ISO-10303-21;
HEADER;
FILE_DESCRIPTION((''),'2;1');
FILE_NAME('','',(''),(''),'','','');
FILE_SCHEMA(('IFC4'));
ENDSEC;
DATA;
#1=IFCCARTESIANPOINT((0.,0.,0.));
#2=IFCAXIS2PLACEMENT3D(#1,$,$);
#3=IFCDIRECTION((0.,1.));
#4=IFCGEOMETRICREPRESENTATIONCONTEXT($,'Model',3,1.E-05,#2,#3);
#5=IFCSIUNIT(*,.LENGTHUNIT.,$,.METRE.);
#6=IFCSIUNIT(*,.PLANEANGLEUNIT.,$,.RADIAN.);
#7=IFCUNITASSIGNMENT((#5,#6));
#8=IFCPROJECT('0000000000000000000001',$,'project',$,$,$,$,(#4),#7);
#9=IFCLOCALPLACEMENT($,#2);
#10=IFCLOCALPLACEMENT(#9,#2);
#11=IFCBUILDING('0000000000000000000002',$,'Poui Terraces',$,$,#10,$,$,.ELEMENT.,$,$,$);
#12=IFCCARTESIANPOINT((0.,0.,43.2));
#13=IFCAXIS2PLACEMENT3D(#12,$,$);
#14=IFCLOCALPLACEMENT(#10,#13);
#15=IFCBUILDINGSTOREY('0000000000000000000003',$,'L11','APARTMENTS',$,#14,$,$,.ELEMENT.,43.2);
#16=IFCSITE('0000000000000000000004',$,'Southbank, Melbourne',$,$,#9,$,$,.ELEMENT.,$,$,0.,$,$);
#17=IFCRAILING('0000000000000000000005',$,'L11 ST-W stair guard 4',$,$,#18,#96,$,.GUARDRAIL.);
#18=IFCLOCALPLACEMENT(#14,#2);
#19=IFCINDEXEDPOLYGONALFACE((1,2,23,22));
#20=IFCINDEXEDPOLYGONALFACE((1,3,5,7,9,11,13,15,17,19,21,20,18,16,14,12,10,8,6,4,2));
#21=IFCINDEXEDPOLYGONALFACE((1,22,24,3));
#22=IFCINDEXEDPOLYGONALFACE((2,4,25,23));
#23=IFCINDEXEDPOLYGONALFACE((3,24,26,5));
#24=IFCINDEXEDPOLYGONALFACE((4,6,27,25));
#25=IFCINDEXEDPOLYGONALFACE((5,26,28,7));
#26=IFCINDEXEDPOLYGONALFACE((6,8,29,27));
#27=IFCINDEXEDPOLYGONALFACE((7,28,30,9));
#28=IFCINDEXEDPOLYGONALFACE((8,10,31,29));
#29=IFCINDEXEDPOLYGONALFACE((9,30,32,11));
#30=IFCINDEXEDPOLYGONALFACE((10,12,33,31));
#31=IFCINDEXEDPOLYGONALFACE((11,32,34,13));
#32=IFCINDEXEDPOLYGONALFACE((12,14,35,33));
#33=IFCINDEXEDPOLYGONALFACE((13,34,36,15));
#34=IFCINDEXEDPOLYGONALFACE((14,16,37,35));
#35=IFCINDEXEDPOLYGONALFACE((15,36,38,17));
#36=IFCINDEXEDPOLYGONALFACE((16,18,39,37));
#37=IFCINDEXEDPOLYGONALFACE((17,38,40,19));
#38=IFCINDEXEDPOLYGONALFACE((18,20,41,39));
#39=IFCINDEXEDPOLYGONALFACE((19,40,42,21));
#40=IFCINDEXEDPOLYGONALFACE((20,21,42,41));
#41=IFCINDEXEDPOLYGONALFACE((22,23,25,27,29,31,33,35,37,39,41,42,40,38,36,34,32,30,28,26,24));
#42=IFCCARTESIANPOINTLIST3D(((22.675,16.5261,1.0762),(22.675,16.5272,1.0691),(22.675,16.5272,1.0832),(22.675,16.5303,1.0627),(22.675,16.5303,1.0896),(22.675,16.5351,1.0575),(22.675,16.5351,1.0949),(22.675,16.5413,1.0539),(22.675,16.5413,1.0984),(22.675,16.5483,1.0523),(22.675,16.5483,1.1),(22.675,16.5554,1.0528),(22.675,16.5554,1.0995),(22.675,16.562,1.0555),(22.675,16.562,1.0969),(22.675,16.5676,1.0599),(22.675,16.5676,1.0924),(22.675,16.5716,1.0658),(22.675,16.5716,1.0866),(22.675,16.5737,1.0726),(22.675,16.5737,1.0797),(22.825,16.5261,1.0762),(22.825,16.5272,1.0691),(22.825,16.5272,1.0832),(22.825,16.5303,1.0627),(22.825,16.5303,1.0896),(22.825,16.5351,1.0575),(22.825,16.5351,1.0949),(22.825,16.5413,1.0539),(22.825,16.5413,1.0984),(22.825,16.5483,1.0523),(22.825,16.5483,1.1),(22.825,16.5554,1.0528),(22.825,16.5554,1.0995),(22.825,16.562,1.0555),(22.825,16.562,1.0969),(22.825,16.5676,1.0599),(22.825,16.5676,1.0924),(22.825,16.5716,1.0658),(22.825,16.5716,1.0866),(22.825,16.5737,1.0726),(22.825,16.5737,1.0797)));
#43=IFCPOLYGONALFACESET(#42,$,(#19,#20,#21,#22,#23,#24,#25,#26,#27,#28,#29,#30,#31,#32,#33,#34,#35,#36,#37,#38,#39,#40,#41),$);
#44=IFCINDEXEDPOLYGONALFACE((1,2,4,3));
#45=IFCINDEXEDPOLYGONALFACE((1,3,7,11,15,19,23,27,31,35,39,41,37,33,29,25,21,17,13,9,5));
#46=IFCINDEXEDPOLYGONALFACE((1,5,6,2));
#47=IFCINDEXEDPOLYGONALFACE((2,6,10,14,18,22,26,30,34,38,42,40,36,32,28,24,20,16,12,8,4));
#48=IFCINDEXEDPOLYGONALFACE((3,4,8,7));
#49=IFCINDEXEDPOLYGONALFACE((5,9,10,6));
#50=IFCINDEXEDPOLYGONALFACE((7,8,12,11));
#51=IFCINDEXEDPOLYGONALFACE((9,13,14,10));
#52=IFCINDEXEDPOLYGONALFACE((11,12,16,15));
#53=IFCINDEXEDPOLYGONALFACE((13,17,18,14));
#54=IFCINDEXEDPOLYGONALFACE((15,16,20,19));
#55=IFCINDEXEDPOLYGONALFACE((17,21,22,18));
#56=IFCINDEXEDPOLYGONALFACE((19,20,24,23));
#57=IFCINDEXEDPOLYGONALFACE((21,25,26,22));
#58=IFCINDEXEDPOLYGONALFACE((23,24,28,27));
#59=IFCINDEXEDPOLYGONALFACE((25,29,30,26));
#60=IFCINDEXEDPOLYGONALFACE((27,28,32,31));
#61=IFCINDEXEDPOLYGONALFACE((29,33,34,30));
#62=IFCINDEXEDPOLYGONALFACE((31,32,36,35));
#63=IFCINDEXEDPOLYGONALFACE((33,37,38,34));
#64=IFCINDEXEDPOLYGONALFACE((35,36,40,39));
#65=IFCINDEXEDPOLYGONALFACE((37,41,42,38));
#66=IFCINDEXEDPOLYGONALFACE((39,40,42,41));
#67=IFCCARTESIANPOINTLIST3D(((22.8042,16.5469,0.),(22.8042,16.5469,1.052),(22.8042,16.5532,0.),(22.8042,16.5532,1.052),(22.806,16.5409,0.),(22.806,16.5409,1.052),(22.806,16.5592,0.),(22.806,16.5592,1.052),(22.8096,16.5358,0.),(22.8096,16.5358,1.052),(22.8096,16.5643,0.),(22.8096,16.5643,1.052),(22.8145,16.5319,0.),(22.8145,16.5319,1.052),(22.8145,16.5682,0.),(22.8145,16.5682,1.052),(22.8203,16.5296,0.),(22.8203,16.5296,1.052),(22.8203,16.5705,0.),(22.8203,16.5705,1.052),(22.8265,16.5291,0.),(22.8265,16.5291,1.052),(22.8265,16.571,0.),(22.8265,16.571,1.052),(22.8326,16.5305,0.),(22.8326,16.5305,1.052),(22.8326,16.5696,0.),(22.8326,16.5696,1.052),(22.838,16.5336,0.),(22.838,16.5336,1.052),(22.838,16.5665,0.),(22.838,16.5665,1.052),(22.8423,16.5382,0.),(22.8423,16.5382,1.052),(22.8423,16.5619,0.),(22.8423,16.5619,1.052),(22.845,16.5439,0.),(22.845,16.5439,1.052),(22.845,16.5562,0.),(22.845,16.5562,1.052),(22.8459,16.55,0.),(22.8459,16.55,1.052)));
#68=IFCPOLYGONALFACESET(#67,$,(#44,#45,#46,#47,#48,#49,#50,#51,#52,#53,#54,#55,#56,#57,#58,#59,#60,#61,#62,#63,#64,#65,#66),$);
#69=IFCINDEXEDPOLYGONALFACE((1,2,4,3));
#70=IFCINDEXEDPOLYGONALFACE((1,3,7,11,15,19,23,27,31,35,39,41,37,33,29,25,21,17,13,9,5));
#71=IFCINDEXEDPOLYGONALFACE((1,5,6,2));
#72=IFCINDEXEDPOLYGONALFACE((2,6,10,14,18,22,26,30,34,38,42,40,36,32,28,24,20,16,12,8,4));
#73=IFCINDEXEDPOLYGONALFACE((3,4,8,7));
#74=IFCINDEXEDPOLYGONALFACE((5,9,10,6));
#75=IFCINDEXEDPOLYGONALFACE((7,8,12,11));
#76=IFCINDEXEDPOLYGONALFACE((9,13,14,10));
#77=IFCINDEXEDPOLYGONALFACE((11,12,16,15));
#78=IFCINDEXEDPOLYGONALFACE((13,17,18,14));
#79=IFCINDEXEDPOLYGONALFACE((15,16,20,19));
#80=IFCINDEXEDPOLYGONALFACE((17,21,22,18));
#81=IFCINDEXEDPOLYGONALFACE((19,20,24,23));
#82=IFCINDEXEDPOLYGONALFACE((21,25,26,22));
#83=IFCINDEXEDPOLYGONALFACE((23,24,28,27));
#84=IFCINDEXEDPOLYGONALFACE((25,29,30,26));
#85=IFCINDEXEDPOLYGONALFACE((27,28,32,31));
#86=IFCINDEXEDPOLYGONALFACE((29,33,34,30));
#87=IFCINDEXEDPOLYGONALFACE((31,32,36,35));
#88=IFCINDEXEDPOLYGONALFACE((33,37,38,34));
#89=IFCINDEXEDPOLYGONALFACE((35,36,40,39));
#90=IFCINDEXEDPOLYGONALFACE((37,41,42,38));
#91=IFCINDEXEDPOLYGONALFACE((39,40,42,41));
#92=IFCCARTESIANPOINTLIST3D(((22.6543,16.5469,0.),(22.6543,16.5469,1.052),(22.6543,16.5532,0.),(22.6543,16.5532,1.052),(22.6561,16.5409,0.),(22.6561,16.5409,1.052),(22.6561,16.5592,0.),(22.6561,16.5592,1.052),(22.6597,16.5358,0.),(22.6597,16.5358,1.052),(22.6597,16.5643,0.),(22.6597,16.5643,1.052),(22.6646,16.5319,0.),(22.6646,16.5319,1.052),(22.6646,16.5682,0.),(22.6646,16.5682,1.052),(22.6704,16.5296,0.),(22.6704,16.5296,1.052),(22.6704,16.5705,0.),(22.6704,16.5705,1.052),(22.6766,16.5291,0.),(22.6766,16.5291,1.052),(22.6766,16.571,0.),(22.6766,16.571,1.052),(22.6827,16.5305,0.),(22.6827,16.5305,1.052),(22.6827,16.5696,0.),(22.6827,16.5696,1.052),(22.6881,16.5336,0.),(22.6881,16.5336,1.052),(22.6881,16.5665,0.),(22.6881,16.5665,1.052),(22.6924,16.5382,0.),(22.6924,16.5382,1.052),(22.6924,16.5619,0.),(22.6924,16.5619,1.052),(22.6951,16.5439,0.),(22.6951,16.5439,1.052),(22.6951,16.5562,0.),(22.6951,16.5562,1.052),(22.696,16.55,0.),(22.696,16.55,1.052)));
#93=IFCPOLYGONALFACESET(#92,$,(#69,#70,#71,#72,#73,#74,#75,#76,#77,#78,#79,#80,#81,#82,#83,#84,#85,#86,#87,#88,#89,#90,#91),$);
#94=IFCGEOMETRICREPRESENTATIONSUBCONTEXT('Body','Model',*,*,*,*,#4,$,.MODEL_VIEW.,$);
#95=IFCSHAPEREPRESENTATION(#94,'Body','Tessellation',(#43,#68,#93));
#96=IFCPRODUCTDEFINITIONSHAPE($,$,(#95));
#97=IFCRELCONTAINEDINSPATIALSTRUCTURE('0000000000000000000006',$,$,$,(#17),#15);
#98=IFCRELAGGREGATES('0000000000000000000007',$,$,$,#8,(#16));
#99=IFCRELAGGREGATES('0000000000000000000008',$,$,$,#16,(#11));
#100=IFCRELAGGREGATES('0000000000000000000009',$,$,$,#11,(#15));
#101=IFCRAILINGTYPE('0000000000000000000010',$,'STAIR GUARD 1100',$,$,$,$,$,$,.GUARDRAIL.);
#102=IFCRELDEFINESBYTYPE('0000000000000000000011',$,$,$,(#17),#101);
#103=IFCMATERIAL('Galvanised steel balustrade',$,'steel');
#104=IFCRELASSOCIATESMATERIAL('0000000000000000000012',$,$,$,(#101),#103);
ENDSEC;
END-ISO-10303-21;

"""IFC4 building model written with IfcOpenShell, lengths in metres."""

from ifc_helpers import new_model, si_unit, direction, frame, origin, origin_2d, place, context, subcontext, project, spatial, circle, extrude, material, type_object, element, save


model = new_model("IFC4")

# Units and contexts
model_context = context("Model", 3, precision=1e-05, world=origin(), true_north=direction((0.0, 1.0)))
body_context = subcontext(model_context, "Body", "Model", "MODEL_VIEW")
ifc_project = project(units=[si_unit("LENGTHUNIT", "METRE"), si_unit("PLANEANGLEUNIT", "RADIAN")], contexts=[model_context])

# Site, building, storey
site_placement = place(None, origin())
site = spatial("IfcSite", under=ifc_project, at=site_placement, Name="Southbank, Melbourne", CompositionType="ELEMENT", RefElevation=0.0)
building_placement = place(site_placement, origin())
building = spatial("IfcBuilding", under=site, at=building_placement, Name="Poui Terraces", CompositionType="ELEMENT")
storey_placement = place(building_placement, frame((0.0, 0.0, 43.2)))
storey = spatial("IfcBuildingStorey", under=building, at=storey_placement, Name="L11", Description="APARTMENTS", CompositionType="ELEMENT", Elevation=43.2)

# Railing
ifc_material_1 = material(Name="Galvanised steel balustrade", Category="steel")
railing_type_1 = type_object("IfcRailingType", Name="STAIR GUARD 1100", PredefinedType="GUARDRAIL", material=ifc_material_1)
railing_1_placement = place(storey_placement, frame((22.825, 16.55, 0.0)))
element("IfcRailing", 1, at=railing_1_placement, inside=storey, type_object=railing_type_1, Name="L11 ST-W stair guard 4", PredefinedType="GUARDRAIL", context=body_context, shape_type="SweptSolid", body=[
    extrude(circle(Radius=0.0239, at=origin_2d()), frame((0.0, 0.0, 1.0762), z_axis=(-1.0, 0.0, 0.0), x_axis=(0.0, -1.0, 0.0)), (0.0, 0.0, 1.0), 0.1499),
    extrude(circle(Radius=0.021, at=origin_2d()), origin(), (0.0, 0.0, 1.0), 1.052),
    extrude(circle(Radius=0.021, at=origin_2d()), frame((-0.1499, 0.0, 0.0)), (0.0, 0.0, 1.0), 1.052),
])

save(model, "model.ifc")
